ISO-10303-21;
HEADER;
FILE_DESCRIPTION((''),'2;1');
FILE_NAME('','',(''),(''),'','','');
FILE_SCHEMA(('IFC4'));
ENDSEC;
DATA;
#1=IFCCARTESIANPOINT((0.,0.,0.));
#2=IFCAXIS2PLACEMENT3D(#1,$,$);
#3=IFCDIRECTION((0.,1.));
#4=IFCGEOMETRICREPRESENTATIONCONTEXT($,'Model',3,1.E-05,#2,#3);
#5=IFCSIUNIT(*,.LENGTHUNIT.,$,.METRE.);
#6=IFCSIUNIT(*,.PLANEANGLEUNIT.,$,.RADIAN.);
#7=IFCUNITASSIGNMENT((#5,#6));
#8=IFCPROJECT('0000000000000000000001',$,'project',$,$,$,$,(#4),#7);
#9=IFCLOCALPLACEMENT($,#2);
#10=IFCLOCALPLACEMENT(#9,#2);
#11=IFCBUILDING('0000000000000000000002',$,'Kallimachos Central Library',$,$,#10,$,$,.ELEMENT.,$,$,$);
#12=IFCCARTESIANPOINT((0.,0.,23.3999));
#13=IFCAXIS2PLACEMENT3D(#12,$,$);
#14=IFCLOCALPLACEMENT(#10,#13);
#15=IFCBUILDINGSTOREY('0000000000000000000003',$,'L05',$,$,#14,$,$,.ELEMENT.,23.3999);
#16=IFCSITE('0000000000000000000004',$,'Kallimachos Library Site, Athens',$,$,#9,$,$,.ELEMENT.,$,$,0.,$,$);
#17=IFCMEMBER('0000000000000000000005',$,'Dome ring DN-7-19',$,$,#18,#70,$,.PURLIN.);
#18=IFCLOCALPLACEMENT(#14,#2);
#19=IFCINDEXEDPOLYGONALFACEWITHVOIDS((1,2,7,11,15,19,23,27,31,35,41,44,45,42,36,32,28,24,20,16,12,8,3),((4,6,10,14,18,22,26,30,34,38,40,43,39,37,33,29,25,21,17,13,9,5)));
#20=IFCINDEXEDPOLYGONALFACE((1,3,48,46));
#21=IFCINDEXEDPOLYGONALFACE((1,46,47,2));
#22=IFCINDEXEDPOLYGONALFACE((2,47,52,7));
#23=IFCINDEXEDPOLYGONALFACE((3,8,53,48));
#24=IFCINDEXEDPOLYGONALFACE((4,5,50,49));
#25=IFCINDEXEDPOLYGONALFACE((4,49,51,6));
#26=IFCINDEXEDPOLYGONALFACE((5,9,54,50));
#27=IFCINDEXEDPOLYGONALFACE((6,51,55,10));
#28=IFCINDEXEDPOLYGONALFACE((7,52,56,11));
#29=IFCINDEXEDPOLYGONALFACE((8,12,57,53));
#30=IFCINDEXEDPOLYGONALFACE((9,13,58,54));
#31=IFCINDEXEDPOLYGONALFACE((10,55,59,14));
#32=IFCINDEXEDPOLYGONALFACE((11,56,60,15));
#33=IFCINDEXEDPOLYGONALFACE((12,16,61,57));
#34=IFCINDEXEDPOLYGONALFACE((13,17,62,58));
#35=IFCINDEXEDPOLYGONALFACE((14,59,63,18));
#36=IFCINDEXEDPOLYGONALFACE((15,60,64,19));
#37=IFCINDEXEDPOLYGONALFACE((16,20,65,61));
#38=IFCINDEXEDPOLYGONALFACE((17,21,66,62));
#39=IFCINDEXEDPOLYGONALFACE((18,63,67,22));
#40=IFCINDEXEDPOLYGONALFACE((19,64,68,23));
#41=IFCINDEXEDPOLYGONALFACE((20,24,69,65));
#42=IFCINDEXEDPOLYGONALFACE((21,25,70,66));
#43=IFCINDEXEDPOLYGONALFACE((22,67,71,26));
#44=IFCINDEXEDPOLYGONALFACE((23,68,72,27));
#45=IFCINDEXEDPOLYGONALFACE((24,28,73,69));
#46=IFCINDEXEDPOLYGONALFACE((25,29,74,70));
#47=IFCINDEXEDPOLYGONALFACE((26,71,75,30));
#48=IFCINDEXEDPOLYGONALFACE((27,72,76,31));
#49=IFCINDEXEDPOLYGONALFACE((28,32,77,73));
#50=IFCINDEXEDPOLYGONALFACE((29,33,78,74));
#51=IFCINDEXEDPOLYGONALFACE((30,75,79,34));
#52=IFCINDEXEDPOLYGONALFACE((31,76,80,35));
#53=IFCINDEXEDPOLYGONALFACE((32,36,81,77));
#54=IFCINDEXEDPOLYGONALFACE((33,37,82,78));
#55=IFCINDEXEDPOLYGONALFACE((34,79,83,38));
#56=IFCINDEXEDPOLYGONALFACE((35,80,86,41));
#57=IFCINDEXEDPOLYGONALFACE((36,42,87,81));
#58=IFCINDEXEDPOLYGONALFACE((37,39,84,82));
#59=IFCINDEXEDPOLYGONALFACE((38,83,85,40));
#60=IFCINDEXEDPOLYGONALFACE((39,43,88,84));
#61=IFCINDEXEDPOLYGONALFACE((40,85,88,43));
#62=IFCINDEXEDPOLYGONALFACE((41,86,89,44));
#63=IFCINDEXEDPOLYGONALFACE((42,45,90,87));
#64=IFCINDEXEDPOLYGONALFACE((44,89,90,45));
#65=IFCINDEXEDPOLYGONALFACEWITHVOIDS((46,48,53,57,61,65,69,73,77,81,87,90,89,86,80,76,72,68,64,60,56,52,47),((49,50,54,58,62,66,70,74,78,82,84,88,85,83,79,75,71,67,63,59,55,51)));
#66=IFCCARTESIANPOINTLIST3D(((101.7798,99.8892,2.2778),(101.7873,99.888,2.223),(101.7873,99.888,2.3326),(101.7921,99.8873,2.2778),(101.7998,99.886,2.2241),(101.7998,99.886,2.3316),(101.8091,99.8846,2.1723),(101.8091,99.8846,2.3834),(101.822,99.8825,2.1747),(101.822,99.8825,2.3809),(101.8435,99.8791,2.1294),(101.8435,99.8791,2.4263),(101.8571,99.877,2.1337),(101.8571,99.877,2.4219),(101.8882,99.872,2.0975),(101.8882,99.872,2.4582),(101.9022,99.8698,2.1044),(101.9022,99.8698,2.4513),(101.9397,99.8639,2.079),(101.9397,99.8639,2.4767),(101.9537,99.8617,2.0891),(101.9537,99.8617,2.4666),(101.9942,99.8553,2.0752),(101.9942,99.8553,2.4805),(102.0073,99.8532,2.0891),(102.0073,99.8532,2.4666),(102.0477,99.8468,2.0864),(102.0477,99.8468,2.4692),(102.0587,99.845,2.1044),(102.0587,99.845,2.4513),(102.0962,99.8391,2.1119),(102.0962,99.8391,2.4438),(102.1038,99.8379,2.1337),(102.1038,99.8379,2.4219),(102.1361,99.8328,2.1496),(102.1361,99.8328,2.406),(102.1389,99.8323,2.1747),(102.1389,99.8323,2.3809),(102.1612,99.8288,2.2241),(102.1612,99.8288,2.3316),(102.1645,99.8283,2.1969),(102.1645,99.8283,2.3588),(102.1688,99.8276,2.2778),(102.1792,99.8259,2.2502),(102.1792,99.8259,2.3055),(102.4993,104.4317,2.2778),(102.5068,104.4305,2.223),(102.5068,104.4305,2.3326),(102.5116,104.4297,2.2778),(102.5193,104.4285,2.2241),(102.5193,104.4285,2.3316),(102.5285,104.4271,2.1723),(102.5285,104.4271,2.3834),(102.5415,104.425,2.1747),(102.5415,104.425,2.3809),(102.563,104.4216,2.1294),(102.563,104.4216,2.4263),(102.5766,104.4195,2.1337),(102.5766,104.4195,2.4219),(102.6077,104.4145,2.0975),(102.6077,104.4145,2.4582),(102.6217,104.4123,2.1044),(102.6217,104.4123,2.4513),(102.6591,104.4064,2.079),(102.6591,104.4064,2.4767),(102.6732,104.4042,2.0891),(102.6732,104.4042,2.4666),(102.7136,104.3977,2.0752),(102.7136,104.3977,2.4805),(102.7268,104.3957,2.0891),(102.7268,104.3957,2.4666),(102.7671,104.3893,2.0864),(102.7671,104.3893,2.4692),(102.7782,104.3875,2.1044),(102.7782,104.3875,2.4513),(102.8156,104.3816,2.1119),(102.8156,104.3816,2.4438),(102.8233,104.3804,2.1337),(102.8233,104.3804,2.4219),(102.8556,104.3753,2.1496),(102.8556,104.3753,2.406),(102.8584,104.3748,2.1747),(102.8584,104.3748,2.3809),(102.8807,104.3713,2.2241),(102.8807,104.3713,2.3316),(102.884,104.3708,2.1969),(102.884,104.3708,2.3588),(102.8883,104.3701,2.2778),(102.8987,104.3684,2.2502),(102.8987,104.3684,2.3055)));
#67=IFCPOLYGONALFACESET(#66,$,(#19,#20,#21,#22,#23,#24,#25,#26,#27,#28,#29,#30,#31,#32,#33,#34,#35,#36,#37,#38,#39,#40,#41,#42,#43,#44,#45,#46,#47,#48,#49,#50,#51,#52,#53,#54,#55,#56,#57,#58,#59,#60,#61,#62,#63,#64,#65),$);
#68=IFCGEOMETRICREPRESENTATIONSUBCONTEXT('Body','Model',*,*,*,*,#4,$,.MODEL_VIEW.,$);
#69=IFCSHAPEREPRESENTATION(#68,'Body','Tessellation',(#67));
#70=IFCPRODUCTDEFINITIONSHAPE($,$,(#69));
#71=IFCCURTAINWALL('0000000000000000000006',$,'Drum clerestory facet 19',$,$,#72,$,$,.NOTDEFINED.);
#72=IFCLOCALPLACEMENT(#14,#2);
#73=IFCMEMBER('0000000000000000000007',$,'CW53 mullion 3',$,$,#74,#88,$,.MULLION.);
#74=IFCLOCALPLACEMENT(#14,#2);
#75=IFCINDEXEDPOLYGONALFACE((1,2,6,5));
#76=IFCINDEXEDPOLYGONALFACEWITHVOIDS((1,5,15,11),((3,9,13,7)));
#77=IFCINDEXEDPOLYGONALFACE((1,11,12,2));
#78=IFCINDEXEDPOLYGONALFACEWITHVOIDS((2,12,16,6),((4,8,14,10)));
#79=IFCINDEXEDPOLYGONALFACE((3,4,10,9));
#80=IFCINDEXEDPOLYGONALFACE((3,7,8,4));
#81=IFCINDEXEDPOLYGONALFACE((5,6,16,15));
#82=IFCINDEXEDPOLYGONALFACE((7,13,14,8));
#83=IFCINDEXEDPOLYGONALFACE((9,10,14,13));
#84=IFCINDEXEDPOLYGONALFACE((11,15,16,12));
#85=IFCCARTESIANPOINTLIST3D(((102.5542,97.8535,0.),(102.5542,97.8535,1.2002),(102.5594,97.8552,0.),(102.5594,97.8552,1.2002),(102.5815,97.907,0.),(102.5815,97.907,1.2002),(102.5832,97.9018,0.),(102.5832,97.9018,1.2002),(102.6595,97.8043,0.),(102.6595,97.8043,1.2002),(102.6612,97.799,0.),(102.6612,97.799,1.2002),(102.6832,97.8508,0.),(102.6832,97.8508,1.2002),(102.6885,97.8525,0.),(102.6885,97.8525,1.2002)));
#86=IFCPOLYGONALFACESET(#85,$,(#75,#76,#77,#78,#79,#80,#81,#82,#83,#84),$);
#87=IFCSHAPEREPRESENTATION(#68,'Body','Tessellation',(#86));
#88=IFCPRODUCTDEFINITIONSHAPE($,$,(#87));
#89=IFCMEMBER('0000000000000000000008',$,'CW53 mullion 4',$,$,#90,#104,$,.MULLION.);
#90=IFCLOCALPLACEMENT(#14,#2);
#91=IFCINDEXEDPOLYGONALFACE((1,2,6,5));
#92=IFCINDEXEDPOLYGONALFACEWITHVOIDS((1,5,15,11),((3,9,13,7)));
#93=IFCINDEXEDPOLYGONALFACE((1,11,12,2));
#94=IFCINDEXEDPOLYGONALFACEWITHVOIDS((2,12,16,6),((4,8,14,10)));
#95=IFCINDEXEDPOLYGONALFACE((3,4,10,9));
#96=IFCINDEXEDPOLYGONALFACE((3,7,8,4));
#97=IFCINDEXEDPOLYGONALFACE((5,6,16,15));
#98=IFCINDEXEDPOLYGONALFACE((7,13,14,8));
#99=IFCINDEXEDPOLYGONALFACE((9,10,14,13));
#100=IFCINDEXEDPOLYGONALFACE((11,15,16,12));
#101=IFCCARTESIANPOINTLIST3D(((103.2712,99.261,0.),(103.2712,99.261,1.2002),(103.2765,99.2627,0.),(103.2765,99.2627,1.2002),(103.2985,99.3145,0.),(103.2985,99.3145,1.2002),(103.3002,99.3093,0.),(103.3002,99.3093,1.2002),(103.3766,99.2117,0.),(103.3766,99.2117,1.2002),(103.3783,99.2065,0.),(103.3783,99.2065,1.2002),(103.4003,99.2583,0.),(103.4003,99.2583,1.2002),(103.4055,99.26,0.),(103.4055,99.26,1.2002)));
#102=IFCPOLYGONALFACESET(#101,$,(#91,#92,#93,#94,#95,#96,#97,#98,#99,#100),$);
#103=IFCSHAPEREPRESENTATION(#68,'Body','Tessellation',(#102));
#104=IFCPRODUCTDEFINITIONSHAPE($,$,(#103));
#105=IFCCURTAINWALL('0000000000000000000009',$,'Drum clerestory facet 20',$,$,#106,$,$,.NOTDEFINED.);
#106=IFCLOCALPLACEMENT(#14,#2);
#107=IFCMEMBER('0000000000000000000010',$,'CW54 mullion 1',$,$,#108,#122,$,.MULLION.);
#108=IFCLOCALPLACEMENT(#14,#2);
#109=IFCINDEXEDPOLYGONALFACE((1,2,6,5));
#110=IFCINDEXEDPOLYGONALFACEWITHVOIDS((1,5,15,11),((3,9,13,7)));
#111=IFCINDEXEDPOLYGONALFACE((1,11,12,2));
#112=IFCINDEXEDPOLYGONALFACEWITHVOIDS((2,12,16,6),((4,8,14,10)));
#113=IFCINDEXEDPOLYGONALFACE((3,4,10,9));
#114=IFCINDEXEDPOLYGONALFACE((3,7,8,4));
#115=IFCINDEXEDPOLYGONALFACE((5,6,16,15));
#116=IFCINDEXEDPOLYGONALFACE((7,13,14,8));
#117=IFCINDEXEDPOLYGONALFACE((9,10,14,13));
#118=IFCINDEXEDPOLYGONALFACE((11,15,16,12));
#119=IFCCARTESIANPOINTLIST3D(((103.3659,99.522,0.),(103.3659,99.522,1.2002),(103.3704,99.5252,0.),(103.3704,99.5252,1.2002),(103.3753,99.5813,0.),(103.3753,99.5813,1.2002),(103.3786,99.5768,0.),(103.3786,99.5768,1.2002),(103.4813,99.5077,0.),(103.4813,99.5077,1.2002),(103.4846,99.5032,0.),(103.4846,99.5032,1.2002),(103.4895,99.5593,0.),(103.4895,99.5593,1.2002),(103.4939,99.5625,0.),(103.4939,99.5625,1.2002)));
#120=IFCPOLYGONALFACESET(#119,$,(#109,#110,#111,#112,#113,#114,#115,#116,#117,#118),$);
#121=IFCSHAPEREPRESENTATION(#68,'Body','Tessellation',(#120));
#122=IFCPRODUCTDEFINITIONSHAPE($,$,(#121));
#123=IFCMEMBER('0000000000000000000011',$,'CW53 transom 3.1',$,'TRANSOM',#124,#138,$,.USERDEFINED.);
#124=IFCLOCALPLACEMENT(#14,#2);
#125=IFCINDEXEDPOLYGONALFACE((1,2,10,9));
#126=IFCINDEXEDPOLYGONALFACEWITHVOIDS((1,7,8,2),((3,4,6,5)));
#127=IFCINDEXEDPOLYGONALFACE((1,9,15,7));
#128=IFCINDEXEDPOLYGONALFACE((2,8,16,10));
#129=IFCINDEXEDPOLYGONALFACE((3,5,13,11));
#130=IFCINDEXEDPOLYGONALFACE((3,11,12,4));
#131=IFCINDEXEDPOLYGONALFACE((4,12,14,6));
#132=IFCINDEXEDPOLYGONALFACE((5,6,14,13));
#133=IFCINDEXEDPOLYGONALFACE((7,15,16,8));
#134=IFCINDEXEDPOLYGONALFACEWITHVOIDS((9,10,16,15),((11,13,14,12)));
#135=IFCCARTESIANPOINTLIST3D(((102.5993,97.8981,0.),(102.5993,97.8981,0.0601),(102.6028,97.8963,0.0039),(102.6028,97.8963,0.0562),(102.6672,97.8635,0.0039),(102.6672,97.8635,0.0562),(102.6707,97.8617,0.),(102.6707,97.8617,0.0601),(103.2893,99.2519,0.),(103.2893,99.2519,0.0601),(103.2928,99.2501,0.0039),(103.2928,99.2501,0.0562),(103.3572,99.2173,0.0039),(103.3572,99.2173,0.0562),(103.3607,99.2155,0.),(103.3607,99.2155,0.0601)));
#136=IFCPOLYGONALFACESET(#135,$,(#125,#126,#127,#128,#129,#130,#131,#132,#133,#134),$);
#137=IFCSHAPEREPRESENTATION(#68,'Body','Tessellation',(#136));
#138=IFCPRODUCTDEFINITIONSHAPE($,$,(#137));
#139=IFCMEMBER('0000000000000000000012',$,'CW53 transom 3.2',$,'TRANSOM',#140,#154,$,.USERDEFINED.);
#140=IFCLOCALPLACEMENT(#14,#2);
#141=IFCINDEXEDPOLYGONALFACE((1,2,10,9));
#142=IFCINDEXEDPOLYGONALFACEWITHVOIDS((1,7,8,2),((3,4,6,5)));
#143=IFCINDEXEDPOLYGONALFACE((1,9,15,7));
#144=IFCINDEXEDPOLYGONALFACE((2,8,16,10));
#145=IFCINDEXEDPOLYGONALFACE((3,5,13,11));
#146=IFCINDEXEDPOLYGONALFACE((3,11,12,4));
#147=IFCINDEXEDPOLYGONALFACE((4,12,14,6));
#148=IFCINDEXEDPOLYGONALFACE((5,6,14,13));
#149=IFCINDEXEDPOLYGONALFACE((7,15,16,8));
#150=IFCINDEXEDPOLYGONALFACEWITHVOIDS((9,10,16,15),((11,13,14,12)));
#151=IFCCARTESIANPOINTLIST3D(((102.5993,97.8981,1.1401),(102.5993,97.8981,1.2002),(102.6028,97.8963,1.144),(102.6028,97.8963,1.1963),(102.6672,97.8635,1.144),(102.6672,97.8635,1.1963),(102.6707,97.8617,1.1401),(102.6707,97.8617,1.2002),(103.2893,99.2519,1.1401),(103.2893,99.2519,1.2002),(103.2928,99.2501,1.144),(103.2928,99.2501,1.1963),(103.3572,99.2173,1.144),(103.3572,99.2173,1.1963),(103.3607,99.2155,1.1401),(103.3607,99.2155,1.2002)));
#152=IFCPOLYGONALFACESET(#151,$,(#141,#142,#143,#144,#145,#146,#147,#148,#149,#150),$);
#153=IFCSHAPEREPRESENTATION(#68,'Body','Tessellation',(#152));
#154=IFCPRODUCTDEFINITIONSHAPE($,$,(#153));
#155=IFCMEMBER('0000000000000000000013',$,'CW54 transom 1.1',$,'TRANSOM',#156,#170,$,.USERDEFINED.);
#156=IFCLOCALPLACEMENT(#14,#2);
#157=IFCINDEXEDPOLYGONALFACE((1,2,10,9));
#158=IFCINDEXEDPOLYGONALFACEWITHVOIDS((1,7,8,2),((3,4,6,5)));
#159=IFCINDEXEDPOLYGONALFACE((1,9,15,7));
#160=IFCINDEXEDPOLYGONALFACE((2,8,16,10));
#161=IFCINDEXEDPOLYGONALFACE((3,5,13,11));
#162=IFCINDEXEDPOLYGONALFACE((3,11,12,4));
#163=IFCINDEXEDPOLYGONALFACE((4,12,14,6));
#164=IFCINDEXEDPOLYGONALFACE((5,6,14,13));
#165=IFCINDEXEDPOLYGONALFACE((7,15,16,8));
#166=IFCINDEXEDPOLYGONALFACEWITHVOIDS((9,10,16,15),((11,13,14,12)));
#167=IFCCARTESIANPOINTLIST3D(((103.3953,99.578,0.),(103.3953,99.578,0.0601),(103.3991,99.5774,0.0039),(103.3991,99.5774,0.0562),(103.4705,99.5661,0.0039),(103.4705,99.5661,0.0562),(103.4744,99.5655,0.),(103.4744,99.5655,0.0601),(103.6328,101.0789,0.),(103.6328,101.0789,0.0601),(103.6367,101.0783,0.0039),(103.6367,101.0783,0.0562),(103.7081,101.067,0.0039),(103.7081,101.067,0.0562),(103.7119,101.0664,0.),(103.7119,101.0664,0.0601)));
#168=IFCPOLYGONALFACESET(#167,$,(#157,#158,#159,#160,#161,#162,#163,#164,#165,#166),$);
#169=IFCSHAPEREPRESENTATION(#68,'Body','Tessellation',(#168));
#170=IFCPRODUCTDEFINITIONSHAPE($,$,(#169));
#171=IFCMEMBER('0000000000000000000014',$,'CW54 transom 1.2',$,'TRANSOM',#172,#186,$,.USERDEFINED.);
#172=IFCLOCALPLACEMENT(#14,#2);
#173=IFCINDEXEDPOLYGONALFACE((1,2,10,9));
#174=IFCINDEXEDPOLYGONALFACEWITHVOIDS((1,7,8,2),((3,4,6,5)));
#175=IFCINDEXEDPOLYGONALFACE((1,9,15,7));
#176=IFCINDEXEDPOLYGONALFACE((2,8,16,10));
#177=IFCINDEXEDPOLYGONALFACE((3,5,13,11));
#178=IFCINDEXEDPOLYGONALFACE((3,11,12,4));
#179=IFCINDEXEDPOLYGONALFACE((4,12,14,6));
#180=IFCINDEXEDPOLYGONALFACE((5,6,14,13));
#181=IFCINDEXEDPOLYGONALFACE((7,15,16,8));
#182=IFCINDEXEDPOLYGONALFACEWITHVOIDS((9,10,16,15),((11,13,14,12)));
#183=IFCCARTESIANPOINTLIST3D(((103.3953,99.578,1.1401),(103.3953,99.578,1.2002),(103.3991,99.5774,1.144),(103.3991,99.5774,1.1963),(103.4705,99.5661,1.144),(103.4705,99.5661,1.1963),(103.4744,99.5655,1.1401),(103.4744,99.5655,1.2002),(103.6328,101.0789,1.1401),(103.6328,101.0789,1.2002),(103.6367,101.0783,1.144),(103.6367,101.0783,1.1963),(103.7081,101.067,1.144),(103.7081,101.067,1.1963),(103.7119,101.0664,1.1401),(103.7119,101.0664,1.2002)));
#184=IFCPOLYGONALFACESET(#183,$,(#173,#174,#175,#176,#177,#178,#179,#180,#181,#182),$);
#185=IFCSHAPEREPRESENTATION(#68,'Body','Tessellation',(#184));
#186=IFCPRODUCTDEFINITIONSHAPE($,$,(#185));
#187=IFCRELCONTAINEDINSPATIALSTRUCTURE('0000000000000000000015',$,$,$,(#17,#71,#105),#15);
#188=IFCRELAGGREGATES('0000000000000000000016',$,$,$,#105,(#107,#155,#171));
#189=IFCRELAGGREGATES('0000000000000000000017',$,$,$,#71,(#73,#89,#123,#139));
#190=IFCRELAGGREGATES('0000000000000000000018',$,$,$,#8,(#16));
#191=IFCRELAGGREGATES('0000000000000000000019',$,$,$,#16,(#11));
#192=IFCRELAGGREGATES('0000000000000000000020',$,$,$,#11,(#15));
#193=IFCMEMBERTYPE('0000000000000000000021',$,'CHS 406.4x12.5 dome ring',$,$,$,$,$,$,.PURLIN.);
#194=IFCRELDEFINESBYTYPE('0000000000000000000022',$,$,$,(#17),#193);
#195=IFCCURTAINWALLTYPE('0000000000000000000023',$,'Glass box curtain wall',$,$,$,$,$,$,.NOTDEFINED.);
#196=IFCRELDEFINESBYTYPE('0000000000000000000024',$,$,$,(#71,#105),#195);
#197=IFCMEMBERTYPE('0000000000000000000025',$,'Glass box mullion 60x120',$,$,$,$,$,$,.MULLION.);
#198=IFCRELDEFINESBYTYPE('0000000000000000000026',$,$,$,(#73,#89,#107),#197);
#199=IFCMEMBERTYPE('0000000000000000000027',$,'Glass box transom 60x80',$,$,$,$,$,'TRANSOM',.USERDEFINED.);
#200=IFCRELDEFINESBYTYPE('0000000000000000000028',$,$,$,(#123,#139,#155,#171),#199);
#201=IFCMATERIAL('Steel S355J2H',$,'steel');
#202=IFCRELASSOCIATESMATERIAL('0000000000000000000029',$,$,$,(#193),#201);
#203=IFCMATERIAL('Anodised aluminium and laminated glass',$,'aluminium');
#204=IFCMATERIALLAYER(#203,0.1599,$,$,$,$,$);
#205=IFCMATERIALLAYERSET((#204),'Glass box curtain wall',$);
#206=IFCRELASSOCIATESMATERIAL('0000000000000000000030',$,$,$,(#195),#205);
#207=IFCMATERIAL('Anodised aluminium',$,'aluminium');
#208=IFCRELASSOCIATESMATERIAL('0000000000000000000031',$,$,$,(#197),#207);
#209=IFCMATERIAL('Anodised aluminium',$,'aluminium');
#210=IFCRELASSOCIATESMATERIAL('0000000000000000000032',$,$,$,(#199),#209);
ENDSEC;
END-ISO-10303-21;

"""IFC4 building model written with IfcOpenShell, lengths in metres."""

from ifc_helpers import new_model, si_unit, direction, frame, origin, origin_2d, place, context, subcontext, project, spatial, hollow_rectangle, hollow_circle, extrude, material, layer, layer_set, material_profile, profile_set, type_object, element, aggregate, save


model = new_model("IFC4")

# Units and contexts
model_context = context("Model", 3, precision=1e-05, world=origin(), true_north=direction((0.0, 1.0)))
body_context = subcontext(model_context, "Body", "Model", "MODEL_VIEW")
ifc_project = project(units=[si_unit("LENGTHUNIT", "METRE"), si_unit("PLANEANGLEUNIT", "RADIAN")], contexts=[model_context])

# Site, building, storey
site_placement = place(None, origin())
site = spatial("IfcSite", under=ifc_project, at=site_placement, Name="Kallimachos Library Site, Athens", CompositionType="ELEMENT", RefElevation=0.0)
building_placement = place(site_placement, origin())
building = spatial("IfcBuilding", under=site, at=building_placement, Name="Kallimachos Central Library", CompositionType="ELEMENT")
storey_placement = place(building_placement, frame((0.0, 0.0, 23.3999)))
storey = spatial("IfcBuildingStorey", under=building, at=storey_placement, Name="L05", CompositionType="ELEMENT", Elevation=23.3999)

# Member
ifc_material_1 = material(Name="Steel S355J2H", Category="steel")
ifc_material_profile_1 = material_profile(ifc_material_1, hollow_circle(Radius=0.2031, WallThickness=0.0125, at=origin_2d()), Name="CHS 406.4x12.5")
ifc_profile_set_1 = profile_set([ifc_material_profile_1], Name="Steel S355J2H")
member_type_1 = type_object("IfcMemberType", Name="CHS 406.4x12.5 dome ring", PredefinedType="PURLIN", material=ifc_profile_set_1)
member_1_placement = place(storey_placement, frame((101.9805, 99.8574, 2.2778), z_axis=(0.15644, 0.987688, 0.0), x_axis=(-0.987688, 0.15644, 0.0)))
element("IfcMember", 1, at=member_1_placement, inside=storey, type_object=member_type_1, Name="Dome ring DN-7-19", PredefinedType="PURLIN", context=body_context, shape_type="SweptSolid", body=[
    extrude(hollow_circle(Radius=0.2031, WallThickness=0.0125, at=origin_2d()), origin(), (0.0, 0.0, 1.0), 4.5991),
])

# Curtain wall, members
ifc_material_2 = material(Name="Anodised aluminium and laminated glass", Category="aluminium")
ifc_layer_1 = layer(ifc_material_2, 0.1599)
ifc_layer_set_1 = layer_set([ifc_layer_1], Name="Glass box curtain wall")
curtain_wall_type = type_object("IfcCurtainWallType", Name="Glass box curtain wall", PredefinedType="NOTDEFINED", material=ifc_layer_set_1)
curtain_wall_1_placement = place(storey_placement, origin())
curtain_wall_1 = element("IfcCurtainWall", 2, at=curtain_wall_1_placement, inside=storey, type_object=curtain_wall_type, Name="Drum clerestory facet 19", PredefinedType="NOTDEFINED")
ifc_material_3 = material(Name="Anodised aluminium", Category="aluminium")
ifc_material_profile_2 = material_profile(ifc_material_3, hollow_rectangle(XDim=0.0601, YDim=0.1201, WallThickness=0.0039, at=origin_2d()), Name="ALU MULLION 60x120")
ifc_profile_set_2 = profile_set([ifc_material_profile_2], Name="Anodised aluminium")
member_type_2 = type_object("IfcMemberType", Name="Glass box mullion 60x120", PredefinedType="MULLION", material=ifc_profile_set_2)
member_2_placement = place(storey_placement, frame((102.6213, 97.853, 0.0), z_axis=(0.0, 0.0, 1.0), x_axis=(0.453991, 0.891006, 0.0)))
member_2 = element("IfcMember", 3, at=member_2_placement, type_object=member_type_2, Name="CW53 mullion 3", PredefinedType="MULLION", context=body_context, shape_type="SweptSolid", body=[
    extrude(hollow_rectangle(XDim=0.0601, YDim=0.1201, WallThickness=0.0039, at=origin_2d()), origin(), (0.0, 0.0, 1.0), 1.2002),
])
member_3_placement = place(storey_placement, frame((103.3384, 99.2605, 0.0), z_axis=(0.0, 0.0, 1.0), x_axis=(0.453991, 0.891006, 0.0)))
member_3 = element("IfcMember", 4, at=member_3_placement, type_object=member_type_2, Name="CW53 mullion 4", PredefinedType="MULLION", context=body_context, shape_type="SweptSolid", body=[
    extrude(hollow_rectangle(XDim=0.0601, YDim=0.1201, WallThickness=0.0039, at=origin_2d()), origin(), (0.0, 0.0, 1.0), 1.2002),
])

# Curtain wall, member
curtain_wall_2_placement = place(storey_placement, origin())
curtain_wall_2 = element("IfcCurtainWall", 5, at=curtain_wall_2_placement, inside=storey, type_object=curtain_wall_type, Name="Drum clerestory facet 20", PredefinedType="NOTDEFINED")
member_4_placement = place(storey_placement, frame((103.4299, 99.5422, 0.0), z_axis=(0.0, 0.0, 1.0), x_axis=(0.156435, 0.987688, 0.0)))
member_4 = element("IfcMember", 6, at=member_4_placement, type_object=member_type_2, Name="CW54 mullion 1", PredefinedType="MULLION", context=body_context, shape_type="SweptSolid", body=[
    extrude(hollow_rectangle(XDim=0.0601, YDim=0.1201, WallThickness=0.0039, at=origin_2d()), origin(), (0.0, 0.0, 1.0), 1.2002),
])

# Members
ifc_material_4 = material(Name="Anodised aluminium", Category="aluminium")
ifc_material_profile_3 = material_profile(ifc_material_4, hollow_rectangle(XDim=0.0601, YDim=0.0801, WallThickness=0.0039, at=origin_2d()), Name="ALU TRANSOM 60x80")
ifc_profile_set_3 = profile_set([ifc_material_profile_3], Name="Anodised aluminium")
member_type_3 = type_object("IfcMemberType", Name="Glass box transom 60x80", ElementType="TRANSOM", PredefinedType="USERDEFINED", material=ifc_profile_set_3)
member_5_placement = place(storey_placement, frame((102.635, 97.8799, 0.03), z_axis=(0.454077, 0.890962, 0.0), x_axis=(0.0, 0.0, 1.0)))
member_5 = element("IfcMember", 7, at=member_5_placement, type_object=member_type_3, Name="CW53 transom 3.1", ObjectType="TRANSOM", PredefinedType="USERDEFINED", context=body_context, shape_type="SweptSolid", body=[
    extrude(hollow_rectangle(XDim=0.0601, YDim=0.0801, WallThickness=0.0039, at=origin_2d()), origin(), (0.0, 0.0, 1.0), 1.5195),
])
member_6_placement = place(storey_placement, frame((102.635, 97.8799, 1.1702), z_axis=(0.454077, 0.890962, 0.0), x_axis=(0.0, 0.0, 1.0)))
member_6 = element("IfcMember", 8, at=member_6_placement, type_object=member_type_3, Name="CW53 transom 3.2", ObjectType="TRANSOM", PredefinedType="USERDEFINED", context=body_context, shape_type="SweptSolid", body=[
    extrude(hollow_rectangle(XDim=0.0601, YDim=0.0801, WallThickness=0.0039, at=origin_2d()), origin(), (0.0, 0.0, 1.0), 1.5195),
])
member_7_placement = place(storey_placement, frame((103.4348, 99.5718, 0.03), z_axis=(0.156342, 0.987703, 0.0), x_axis=(0.0, 0.0, 1.0)))
member_7 = element("IfcMember", 9, at=member_7_placement, type_object=member_type_3, Name="CW54 transom 1.1", ObjectType="TRANSOM", PredefinedType="USERDEFINED", context=body_context, shape_type="SweptSolid", body=[
    extrude(hollow_rectangle(XDim=0.0601, YDim=0.0801, WallThickness=0.0039, at=origin_2d()), origin(), (0.0, 0.0, 1.0), 1.5195),
])
member_8_placement = place(storey_placement, frame((103.4348, 99.5718, 1.1702), z_axis=(0.156342, 0.987703, 0.0), x_axis=(0.0, 0.0, 1.0)))
member_8 = element("IfcMember", 10, at=member_8_placement, type_object=member_type_3, Name="CW54 transom 1.2", ObjectType="TRANSOM", PredefinedType="USERDEFINED", context=body_context, shape_type="SweptSolid", body=[
    extrude(hollow_rectangle(XDim=0.0601, YDim=0.0801, WallThickness=0.0039, at=origin_2d()), origin(), (0.0, 0.0, 1.0), 1.5195),
])
aggregate(curtain_wall_2, [member_4, member_7, member_8])

aggregate(curtain_wall_1, [member_2, member_3, member_5, member_6])

save(model, "model.ifc")
